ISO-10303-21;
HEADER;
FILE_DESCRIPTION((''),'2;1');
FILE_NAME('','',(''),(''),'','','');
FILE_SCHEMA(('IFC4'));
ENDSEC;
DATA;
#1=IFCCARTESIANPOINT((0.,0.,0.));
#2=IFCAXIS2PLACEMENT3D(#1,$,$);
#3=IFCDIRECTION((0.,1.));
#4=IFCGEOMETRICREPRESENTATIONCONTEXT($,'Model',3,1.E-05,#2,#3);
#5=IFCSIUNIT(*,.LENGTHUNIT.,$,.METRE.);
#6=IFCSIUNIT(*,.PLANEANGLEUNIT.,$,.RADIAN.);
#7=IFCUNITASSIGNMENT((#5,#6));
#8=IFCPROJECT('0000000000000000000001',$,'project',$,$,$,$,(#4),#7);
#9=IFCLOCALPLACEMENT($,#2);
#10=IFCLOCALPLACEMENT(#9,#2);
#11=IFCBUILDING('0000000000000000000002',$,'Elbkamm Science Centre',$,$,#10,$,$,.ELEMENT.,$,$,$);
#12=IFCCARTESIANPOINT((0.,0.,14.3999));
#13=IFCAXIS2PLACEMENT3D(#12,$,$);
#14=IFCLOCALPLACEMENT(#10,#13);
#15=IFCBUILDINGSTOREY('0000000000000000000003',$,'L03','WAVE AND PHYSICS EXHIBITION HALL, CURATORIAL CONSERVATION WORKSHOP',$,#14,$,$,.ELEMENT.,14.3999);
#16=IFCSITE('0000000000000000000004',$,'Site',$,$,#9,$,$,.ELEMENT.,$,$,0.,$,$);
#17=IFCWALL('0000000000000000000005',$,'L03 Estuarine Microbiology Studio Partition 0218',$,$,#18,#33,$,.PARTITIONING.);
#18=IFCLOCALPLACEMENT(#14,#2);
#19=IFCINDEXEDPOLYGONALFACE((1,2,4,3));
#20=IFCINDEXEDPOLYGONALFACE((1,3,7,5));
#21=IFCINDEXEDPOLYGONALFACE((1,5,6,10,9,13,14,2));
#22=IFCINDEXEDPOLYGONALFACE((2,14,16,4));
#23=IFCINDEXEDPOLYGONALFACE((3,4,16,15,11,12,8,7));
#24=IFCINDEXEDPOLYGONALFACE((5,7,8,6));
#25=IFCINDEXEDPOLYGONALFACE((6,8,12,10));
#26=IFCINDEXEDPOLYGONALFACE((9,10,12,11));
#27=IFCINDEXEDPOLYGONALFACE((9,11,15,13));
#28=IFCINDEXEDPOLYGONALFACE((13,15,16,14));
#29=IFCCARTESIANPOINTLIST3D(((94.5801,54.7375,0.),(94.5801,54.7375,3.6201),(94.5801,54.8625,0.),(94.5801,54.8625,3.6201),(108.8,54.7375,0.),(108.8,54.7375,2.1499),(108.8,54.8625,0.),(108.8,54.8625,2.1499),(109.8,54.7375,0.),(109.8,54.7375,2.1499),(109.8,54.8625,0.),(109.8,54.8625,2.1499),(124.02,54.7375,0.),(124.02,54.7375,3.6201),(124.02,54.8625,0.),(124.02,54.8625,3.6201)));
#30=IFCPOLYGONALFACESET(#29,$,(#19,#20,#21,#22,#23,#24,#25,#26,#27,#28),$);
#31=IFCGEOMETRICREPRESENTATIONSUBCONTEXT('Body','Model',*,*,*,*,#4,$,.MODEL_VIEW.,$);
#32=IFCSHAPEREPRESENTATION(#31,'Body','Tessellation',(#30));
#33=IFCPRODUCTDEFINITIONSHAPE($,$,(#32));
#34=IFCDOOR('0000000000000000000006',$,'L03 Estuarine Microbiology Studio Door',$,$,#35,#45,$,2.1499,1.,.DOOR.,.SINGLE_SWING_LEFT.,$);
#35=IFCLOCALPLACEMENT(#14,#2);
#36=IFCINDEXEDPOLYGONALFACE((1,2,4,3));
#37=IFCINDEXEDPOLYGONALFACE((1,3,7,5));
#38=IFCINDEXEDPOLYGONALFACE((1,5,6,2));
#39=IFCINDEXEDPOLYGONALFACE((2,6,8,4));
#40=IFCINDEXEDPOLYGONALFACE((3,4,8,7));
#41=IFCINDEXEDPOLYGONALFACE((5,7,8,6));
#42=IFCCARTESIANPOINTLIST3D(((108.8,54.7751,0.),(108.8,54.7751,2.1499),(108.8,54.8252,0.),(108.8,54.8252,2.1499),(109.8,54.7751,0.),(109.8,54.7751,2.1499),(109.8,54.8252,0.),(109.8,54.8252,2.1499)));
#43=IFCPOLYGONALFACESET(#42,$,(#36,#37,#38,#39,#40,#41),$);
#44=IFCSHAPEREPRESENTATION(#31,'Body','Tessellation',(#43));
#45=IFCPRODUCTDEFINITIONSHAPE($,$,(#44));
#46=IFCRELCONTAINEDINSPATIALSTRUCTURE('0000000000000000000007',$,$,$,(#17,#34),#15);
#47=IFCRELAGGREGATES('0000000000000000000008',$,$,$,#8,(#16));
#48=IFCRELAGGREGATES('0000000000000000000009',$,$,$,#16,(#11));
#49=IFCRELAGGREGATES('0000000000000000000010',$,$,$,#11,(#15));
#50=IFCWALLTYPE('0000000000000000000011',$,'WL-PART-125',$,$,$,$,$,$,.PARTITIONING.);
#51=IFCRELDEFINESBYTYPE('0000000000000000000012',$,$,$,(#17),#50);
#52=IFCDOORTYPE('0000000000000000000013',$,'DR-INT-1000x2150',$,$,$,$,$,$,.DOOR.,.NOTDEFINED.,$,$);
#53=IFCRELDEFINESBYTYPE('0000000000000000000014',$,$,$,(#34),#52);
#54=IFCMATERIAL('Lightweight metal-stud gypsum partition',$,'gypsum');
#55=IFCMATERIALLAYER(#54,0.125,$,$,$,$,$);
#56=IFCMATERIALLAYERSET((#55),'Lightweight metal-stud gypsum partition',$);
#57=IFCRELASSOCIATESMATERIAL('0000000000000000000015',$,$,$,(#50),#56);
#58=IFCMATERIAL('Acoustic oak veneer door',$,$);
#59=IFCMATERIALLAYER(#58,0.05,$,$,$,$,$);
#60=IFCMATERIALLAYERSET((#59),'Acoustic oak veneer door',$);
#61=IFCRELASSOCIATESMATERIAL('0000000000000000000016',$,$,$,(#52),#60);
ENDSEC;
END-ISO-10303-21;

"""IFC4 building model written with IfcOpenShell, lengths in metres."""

from ifc_helpers import new_model, si_unit, direction, frame, frame_2d, origin, place, context, subcontext, project, spatial, rectangle, extrude, material, layer, layer_set, type_object, element, fill, save


model = new_model("IFC4")

# Units and contexts
model_context = context("Model", 3, precision=1e-05, world=origin(), true_north=direction((0.0, 1.0)))
body_context = subcontext(model_context, "Body", "Model", "MODEL_VIEW")
ifc_project = project(units=[si_unit("LENGTHUNIT", "METRE"), si_unit("PLANEANGLEUNIT", "RADIAN")], contexts=[model_context])

# Site, building, storey
site_placement = place(None, origin())
site = spatial("IfcSite", under=ifc_project, at=site_placement, Name="Site", CompositionType="ELEMENT", RefElevation=0.0)
building_placement = place(site_placement, origin())
building = spatial("IfcBuilding", under=site, at=building_placement, Name="Elbkamm Science Centre", CompositionType="ELEMENT")
storey_placement = place(building_placement, frame((0.0, 0.0, 14.3999)))
storey = spatial("IfcBuildingStorey", under=building, at=storey_placement, Name="L03", Description="WAVE AND PHYSICS EXHIBITION HALL, CURATORIAL CONSERVATION WORKSHOP", CompositionType="ELEMENT", Elevation=14.3999)

# Wall, opening, door
ifc_material_1 = material(Name="Lightweight metal-stud gypsum partition", Category="gypsum")
ifc_layer_1 = layer(ifc_material_1, 0.125)
ifc_layer_set_1 = layer_set([ifc_layer_1], Name="Lightweight metal-stud gypsum partition")
wall_type_1 = type_object("IfcWallType", Name="WL-PART-125", PredefinedType="PARTITIONING", material=ifc_layer_set_1)
wall_1_placement = place(storey_placement, frame((124.02, 54.8, 0.0), z_axis=(0.0, 0.0, 1.0), x_axis=(-1.0, 0.0, 0.0)))
wall_1 = element("IfcWall", 1, at=wall_1_placement, inside=storey, type_object=wall_type_1, Name="L03 Estuarine Microbiology Studio Partition 0218", PredefinedType="PARTITIONING", context=body_context, shape_type="SweptSolid", body=[
    extrude(rectangle(XDim=29.4399, YDim=0.125, at=frame_2d((14.72, 0.0))), origin(), (0.0, 0.0, 1.0), 3.6201),
])
opening_1_placement = place(wall_1_placement, frame((14.22, 0.0, 0.0)))
opening_1 = element("IfcOpeningElement", 2, at=opening_1_placement, cuts=wall_1, PredefinedType="OPENING", context=body_context, shape_type="SweptSolid", body=[
    extrude(rectangle(XDim=1.0, YDim=2.1499, at=frame_2d((0.5, 1.075))), frame((0.0, 0.0745, 0.0), z_axis=(0.0, -1.0, 0.0), x_axis=(1.0, 0.0, 0.0)), (0.0, 0.0, 1.0), 0.1489),
])
ifc_material_2 = material(Name="Acoustic oak veneer door")
ifc_layer_2 = layer(ifc_material_2, 0.05)
ifc_layer_set_2 = layer_set([ifc_layer_2], Name="Acoustic oak veneer door")
door_type = type_object("IfcDoorType", Name="DR-INT-1000x2150", OperationType="NOTDEFINED", PredefinedType="DOOR", material=ifc_layer_set_2)
door_placement = place(opening_1_placement, origin())
door = element("IfcDoor", 3, at=door_placement, inside=storey, type_object=door_type, Name="L03 Estuarine Microbiology Studio Door", OperationType="SINGLE_SWING_LEFT", OverallHeight=2.1499, OverallWidth=1.0, PredefinedType="DOOR", context=body_context, shape_type="SweptSolid", body=[
    extrude(rectangle(XDim=1.0, YDim=2.1499, at=frame_2d((0.5, 1.075))), frame((0.0, 0.0249, 0.0), z_axis=(0.0, -1.0, 0.0), x_axis=(1.0, 0.0, 0.0)), (0.0, 0.0, 1.0), 0.05),
])
fill(opening_1, door)

save(model, "model.ifc")
